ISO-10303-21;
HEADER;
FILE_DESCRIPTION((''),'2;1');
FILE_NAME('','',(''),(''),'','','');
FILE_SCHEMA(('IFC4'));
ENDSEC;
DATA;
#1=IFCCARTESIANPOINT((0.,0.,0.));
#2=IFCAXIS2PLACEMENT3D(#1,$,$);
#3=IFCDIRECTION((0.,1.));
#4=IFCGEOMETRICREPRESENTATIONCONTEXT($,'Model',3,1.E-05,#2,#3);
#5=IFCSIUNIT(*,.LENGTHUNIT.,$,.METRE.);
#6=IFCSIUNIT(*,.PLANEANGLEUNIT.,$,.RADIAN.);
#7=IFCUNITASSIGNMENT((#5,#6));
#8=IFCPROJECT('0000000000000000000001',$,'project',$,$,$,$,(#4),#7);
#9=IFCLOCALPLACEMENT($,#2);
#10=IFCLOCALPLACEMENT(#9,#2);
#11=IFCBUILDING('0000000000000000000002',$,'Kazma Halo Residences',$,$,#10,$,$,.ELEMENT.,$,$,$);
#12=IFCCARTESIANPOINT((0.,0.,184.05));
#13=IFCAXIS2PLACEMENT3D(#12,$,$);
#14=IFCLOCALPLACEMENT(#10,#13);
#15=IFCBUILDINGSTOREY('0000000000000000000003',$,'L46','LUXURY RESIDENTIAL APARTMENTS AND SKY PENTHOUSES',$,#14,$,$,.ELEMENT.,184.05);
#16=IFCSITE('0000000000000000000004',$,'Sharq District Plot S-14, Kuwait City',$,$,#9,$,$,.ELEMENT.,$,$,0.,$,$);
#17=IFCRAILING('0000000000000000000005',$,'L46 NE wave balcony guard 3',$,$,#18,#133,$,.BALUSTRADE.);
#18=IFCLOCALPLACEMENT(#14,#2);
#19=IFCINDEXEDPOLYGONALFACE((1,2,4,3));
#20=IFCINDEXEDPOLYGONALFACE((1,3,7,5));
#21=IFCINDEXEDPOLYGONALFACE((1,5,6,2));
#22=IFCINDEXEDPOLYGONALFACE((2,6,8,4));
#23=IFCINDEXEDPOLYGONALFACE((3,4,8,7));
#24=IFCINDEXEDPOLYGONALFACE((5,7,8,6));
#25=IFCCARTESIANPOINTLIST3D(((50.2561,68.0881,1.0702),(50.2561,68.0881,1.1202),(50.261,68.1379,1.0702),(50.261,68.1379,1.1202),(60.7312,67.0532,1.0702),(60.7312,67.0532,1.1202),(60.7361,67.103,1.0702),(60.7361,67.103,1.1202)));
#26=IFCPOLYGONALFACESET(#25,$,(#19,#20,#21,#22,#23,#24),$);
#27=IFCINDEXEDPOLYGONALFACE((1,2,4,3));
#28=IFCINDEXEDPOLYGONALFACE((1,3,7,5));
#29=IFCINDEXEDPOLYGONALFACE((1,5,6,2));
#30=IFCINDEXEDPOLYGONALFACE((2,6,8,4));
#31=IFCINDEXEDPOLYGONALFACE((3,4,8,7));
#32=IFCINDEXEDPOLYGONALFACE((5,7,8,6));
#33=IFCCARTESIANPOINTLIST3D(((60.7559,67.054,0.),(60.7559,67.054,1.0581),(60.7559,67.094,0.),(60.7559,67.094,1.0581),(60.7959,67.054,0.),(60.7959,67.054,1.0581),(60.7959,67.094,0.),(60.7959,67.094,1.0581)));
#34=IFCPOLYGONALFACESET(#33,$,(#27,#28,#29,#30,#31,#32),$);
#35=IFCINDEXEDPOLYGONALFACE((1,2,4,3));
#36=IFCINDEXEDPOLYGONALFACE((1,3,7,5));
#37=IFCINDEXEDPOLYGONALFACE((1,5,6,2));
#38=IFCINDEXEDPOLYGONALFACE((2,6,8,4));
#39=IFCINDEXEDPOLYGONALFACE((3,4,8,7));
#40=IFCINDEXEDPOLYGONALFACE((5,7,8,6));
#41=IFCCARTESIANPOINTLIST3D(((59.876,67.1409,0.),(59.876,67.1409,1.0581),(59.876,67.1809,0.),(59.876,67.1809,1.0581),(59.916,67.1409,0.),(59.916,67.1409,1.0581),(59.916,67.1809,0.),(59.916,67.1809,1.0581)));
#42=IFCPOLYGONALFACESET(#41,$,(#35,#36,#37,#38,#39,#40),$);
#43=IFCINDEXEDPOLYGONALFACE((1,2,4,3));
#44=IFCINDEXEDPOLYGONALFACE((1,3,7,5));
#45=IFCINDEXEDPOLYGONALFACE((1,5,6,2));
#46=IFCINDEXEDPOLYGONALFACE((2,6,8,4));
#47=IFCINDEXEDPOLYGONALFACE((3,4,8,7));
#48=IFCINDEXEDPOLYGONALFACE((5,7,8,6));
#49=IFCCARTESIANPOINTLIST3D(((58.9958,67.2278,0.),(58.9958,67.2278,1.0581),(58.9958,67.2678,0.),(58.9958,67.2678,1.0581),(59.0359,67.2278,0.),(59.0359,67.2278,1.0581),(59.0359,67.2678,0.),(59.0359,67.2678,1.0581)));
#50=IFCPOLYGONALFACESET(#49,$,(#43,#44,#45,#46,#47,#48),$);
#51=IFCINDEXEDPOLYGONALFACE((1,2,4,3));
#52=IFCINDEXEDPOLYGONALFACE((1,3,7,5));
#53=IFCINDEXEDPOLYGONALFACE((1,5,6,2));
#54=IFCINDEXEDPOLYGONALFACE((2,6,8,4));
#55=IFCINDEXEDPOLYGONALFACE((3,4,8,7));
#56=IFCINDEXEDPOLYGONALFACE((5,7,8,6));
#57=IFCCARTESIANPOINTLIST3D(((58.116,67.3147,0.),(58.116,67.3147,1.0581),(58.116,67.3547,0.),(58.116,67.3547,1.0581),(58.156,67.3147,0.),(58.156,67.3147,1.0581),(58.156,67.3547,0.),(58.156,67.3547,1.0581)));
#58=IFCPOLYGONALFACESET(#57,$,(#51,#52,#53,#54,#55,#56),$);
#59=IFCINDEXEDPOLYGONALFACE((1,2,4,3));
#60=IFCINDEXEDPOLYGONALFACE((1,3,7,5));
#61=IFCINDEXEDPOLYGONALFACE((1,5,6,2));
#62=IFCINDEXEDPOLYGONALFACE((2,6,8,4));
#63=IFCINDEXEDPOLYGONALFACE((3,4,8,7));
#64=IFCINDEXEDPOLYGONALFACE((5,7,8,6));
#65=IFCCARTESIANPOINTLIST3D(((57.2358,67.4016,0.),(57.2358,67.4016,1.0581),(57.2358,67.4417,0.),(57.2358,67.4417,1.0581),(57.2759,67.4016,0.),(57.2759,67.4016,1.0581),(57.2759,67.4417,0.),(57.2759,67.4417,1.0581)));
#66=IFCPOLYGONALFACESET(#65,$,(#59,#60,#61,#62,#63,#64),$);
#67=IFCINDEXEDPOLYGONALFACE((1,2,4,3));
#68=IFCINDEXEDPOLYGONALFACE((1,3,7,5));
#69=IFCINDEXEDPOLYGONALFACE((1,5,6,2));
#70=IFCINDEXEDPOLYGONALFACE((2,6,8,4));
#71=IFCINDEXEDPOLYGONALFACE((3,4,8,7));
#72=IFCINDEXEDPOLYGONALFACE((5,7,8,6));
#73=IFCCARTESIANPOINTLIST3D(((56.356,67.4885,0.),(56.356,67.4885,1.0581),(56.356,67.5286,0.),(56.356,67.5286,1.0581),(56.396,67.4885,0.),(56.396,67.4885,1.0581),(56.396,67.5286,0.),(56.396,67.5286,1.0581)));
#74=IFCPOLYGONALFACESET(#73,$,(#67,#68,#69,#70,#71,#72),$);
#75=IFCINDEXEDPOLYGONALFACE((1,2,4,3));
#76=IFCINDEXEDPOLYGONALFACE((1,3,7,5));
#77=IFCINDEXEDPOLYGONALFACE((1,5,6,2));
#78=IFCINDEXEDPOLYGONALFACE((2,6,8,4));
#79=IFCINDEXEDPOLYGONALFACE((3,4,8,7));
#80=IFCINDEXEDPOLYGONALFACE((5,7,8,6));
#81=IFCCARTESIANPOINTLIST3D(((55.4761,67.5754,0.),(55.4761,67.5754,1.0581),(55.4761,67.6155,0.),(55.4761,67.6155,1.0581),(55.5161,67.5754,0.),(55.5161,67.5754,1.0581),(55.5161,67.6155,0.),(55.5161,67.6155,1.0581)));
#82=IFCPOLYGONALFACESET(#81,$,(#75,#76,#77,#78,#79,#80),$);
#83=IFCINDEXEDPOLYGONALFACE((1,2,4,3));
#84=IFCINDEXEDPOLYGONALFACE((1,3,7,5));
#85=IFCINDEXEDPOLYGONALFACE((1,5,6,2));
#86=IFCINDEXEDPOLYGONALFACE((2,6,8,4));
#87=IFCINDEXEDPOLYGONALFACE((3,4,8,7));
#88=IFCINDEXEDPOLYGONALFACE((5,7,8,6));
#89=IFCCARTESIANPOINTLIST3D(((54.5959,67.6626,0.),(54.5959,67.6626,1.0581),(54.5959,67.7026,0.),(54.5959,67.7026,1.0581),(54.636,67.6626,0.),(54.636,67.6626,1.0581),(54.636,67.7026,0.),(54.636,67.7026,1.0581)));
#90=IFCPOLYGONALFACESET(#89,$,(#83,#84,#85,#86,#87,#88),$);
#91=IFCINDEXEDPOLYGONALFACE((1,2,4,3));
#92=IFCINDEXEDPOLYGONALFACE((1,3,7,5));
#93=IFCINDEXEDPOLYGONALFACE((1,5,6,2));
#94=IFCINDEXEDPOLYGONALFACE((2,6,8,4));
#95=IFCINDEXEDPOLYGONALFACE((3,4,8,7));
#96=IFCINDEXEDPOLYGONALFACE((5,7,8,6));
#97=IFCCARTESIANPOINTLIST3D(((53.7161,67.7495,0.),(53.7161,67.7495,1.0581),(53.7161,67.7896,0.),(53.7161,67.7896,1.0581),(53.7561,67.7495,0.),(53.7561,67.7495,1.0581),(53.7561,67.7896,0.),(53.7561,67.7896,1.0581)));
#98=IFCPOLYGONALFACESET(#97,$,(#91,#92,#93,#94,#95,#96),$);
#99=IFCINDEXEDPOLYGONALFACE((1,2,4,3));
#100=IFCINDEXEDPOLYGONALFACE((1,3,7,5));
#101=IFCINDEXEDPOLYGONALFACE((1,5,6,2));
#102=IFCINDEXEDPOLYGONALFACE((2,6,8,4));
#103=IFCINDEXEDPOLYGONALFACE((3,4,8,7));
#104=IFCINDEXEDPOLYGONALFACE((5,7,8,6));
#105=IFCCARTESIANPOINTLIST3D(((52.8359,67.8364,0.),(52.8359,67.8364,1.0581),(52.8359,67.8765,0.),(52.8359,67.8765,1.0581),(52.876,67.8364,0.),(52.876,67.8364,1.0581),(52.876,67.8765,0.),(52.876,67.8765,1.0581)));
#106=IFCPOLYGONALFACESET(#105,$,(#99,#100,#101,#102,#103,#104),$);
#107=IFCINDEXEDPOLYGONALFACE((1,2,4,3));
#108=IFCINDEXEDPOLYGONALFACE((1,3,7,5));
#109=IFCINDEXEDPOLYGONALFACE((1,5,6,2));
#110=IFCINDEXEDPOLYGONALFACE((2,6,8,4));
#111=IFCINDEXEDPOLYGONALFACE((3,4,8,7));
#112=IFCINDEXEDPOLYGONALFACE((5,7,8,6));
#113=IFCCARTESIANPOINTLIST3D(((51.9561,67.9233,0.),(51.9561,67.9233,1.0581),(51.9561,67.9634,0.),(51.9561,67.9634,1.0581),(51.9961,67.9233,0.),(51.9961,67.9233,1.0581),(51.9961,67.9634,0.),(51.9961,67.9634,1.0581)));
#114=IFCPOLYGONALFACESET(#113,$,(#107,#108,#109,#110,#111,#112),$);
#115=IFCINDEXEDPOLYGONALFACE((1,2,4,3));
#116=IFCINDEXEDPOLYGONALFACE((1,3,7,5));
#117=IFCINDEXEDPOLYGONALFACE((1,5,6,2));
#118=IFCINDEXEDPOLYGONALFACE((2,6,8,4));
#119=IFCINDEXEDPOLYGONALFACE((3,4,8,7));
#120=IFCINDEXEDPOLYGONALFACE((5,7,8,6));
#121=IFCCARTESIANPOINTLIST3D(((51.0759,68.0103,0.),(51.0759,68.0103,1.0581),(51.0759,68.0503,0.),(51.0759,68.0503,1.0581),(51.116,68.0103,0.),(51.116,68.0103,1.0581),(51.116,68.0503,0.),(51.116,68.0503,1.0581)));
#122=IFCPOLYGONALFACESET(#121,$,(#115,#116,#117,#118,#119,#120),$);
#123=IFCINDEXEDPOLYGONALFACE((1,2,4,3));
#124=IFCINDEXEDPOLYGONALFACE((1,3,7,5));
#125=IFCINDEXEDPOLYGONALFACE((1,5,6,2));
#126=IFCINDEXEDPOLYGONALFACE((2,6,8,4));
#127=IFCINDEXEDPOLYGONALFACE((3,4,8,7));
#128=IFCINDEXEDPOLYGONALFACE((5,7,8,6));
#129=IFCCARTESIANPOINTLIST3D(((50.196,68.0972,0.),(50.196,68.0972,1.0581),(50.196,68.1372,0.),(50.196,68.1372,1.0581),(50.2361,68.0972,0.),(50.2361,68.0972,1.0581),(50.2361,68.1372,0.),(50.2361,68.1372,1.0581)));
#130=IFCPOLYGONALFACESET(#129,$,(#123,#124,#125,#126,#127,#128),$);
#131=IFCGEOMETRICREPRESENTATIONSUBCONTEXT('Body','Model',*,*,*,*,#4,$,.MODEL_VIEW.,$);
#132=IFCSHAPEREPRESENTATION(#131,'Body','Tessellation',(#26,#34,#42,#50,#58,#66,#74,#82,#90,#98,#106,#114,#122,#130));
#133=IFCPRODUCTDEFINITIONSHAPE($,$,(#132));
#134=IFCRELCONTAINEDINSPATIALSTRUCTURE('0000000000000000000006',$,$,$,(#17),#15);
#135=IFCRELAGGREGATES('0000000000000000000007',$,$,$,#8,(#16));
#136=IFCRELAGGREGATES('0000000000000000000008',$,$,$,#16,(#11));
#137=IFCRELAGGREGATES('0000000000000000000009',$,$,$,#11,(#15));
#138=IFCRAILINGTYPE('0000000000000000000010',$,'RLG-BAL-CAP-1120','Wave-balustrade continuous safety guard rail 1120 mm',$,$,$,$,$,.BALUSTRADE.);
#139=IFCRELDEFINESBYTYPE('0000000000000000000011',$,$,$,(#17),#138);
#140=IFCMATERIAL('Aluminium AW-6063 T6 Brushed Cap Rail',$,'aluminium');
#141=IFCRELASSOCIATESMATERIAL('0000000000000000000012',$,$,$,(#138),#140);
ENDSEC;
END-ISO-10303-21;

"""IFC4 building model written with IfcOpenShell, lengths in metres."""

from ifc_helpers import new_model, si_unit, direction, frame, origin, origin_2d, place, context, subcontext, project, spatial, rectangle, extrude, material, type_object, element, save


model = new_model("IFC4")

# Units and contexts
model_context = context("Model", 3, precision=1e-05, world=origin(), true_north=direction((0.0, 1.0)))
body_context = subcontext(model_context, "Body", "Model", "MODEL_VIEW")
ifc_project = project(units=[si_unit("LENGTHUNIT", "METRE"), si_unit("PLANEANGLEUNIT", "RADIAN")], contexts=[model_context])

# Site, building, storey
site_placement = place(None, origin())
site = spatial("IfcSite", under=ifc_project, at=site_placement, Name="Sharq District Plot S-14, Kuwait City", CompositionType="ELEMENT", RefElevation=0.0)
building_placement = place(site_placement, origin())
building = spatial("IfcBuilding", under=site, at=building_placement, Name="Kazma Halo Residences", CompositionType="ELEMENT")
storey_placement = place(building_placement, frame((0.0, 0.0, 184.05)))
storey = spatial("IfcBuildingStorey", under=building, at=storey_placement, Name="L46", Description="LUXURY RESIDENTIAL APARTMENTS AND SKY PENTHOUSES", CompositionType="ELEMENT", Elevation=184.05)

# Railing
ifc_material_1 = material(Name="Aluminium AW-6063 T6 Brushed Cap Rail", Category="aluminium")
railing_type = type_object("IfcRailingType", Name="RLG-BAL-CAP-1120", Description="Wave-balustrade continuous safety guard rail 1120 mm", PredefinedType="BALUSTRADE", material=ifc_material_1)
railing_1_placement = place(storey_placement, frame((60.7759, 67.074, 0.0)))
element("IfcRailing", 1, at=railing_1_placement, inside=storey, type_object=railing_type, Name="L46 NE wave balcony guard 3", PredefinedType="BALUSTRADE", context=body_context, shape_type="SweptSolid", body=[
    extrude(rectangle(XDim=0.05, YDim=0.05, at=origin_2d()), frame((-0.0422, 0.0042, 1.0952), z_axis=(-0.995156, 0.098312, 0.0), x_axis=(-0.098312, -0.995156, 0.0)), (0.0, 0.0, 1.0), 10.5261),
    extrude(rectangle(XDim=0.04, YDim=0.04, at=origin_2d()), origin(), (0.0, 0.0, 1.0), 1.0581),
    extrude(rectangle(XDim=0.04, YDim=0.04, at=origin_2d()), frame((-0.8799, 0.0869, 0.0)), (0.0, 0.0, 1.0), 1.0581),
    extrude(rectangle(XDim=0.04, YDim=0.04, at=origin_2d()), frame((-1.76, 0.1738, 0.0)), (0.0, 0.0, 1.0), 1.0581),
    extrude(rectangle(XDim=0.04, YDim=0.04, at=origin_2d()), frame((-2.6399, 0.2607, 0.0)), (0.0, 0.0, 1.0), 1.0581),
    extrude(rectangle(XDim=0.04, YDim=0.04, at=origin_2d()), frame((-3.52, 0.3477, 0.0)), (0.0, 0.0, 1.0), 1.0581),
    extrude(rectangle(XDim=0.04, YDim=0.04, at=origin_2d()), frame((-4.3999, 0.4346, 0.0)), (0.0, 0.0, 1.0), 1.0581),
    extrude(rectangle(XDim=0.04, YDim=0.04, at=origin_2d()), frame((-5.2798, 0.5215, 0.0)), (0.0, 0.0, 1.0), 1.0581),
    extrude(rectangle(XDim=0.04, YDim=0.04, at=origin_2d()), frame((-6.1599, 0.6086, 0.0)), (0.0, 0.0, 1.0), 1.0581),
    extrude(rectangle(XDim=0.04, YDim=0.04, at=origin_2d()), frame((-7.0398, 0.6956, 0.0)), (0.0, 0.0, 1.0), 1.0581),
    extrude(rectangle(XDim=0.04, YDim=0.04, at=origin_2d()), frame((-7.9199, 0.7825, 0.0)), (0.0, 0.0, 1.0), 1.0581),
    extrude(rectangle(XDim=0.04, YDim=0.04, at=origin_2d()), frame((-8.7998, 0.8694, 0.0)), (0.0, 0.0, 1.0), 1.0581),
    extrude(rectangle(XDim=0.04, YDim=0.04, at=origin_2d()), frame((-9.6799, 0.9563, 0.0)), (0.0, 0.0, 1.0), 1.0581),
    extrude(rectangle(XDim=0.04, YDim=0.04, at=origin_2d()), frame((-10.5598, 1.0432, 0.0)), (0.0, 0.0, 1.0), 1.0581),
])

save(model, "model.ifc")
